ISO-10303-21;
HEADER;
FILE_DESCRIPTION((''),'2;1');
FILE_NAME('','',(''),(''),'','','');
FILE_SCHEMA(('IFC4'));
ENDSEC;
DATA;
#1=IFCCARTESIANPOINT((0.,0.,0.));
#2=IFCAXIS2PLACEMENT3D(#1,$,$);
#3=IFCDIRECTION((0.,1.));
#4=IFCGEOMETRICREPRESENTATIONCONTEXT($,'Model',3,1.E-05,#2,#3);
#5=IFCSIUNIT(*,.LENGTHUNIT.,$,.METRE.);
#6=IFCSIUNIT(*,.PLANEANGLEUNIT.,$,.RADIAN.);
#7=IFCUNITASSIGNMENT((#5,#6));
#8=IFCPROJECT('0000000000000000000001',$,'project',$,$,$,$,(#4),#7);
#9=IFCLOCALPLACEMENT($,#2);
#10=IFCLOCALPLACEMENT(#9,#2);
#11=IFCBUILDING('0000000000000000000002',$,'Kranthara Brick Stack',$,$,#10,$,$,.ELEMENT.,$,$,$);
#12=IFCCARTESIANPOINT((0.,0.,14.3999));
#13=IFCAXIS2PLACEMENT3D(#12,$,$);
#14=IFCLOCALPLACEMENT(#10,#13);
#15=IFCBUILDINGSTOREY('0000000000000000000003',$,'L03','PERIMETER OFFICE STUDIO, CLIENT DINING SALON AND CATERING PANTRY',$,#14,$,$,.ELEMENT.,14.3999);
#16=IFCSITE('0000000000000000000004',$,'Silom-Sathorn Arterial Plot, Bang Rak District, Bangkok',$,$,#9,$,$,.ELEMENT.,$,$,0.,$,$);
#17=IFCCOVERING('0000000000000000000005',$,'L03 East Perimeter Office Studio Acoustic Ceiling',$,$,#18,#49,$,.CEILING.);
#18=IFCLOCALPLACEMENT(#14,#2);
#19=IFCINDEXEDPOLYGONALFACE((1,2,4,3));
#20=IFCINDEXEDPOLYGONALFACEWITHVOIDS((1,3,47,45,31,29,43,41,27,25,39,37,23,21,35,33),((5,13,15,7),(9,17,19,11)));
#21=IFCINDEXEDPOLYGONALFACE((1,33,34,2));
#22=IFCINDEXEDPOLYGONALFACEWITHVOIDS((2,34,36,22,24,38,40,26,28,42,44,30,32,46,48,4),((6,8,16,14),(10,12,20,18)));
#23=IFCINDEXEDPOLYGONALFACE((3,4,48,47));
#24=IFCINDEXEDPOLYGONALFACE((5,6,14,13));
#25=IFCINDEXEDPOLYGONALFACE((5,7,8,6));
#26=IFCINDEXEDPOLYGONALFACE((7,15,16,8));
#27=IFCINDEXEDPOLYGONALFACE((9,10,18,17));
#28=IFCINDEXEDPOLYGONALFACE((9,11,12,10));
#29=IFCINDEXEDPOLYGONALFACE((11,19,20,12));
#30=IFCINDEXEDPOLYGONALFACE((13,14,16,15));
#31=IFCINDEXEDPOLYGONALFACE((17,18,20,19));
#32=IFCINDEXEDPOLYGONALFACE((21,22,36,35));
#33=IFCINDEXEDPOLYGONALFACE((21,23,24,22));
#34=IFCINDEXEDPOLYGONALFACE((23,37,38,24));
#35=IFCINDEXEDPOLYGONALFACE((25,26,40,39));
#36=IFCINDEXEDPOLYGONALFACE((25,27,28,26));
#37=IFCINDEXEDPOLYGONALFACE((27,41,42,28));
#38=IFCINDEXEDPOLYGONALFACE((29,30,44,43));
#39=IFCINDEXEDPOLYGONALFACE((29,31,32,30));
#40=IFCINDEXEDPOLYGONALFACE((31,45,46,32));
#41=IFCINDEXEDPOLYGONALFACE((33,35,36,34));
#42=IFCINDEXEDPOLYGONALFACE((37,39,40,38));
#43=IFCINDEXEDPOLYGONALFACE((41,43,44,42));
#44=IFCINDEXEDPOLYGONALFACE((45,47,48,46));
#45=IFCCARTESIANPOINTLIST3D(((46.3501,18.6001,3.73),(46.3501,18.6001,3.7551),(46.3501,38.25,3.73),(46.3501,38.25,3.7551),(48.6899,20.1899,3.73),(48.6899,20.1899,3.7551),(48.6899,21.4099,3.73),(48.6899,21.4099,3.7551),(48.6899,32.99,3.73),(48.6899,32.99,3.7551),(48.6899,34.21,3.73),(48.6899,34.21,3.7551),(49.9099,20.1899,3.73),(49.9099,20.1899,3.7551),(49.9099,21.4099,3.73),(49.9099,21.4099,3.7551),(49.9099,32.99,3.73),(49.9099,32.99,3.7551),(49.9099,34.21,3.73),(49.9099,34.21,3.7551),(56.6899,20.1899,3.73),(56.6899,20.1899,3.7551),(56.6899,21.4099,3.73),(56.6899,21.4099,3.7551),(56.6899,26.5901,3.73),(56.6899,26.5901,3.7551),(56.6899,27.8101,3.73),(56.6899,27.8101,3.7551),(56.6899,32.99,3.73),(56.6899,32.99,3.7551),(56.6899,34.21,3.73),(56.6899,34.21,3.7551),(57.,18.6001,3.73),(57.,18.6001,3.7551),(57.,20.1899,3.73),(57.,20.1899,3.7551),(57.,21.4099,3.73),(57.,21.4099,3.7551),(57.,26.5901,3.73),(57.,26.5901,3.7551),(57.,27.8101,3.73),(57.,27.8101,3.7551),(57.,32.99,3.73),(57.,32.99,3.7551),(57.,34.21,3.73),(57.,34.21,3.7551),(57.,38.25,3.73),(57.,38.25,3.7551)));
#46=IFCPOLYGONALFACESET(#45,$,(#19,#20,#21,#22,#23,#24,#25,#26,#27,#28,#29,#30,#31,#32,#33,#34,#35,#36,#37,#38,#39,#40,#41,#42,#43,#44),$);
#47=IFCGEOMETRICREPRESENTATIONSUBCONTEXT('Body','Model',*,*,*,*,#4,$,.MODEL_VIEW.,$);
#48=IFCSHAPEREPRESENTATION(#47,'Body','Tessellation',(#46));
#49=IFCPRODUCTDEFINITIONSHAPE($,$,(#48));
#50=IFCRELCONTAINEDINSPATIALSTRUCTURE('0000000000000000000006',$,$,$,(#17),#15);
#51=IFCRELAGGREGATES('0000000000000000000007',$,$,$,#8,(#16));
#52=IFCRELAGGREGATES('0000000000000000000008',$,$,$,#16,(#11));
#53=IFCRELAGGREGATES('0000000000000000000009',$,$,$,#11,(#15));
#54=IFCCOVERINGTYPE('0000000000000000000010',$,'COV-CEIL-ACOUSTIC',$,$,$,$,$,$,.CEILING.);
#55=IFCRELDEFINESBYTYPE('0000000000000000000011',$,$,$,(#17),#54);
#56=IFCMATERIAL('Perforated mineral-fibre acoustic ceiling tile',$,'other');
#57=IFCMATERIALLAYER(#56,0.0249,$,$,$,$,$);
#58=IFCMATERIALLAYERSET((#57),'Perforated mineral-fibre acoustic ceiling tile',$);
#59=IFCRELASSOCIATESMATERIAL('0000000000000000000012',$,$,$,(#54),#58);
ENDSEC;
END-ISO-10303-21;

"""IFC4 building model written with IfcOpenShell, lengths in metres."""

from ifc_helpers import new_model, si_unit, direction, frame, origin, place, context, subcontext, project, spatial, polyline, outline, extrude, material, layer, layer_set, type_object, element, save


model = new_model("IFC4")

# Units and contexts
model_context = context("Model", 3, precision=1e-05, world=origin(), true_north=direction((0.0, 1.0)))
body_context = subcontext(model_context, "Body", "Model", "MODEL_VIEW")
ifc_project = project(units=[si_unit("LENGTHUNIT", "METRE"), si_unit("PLANEANGLEUNIT", "RADIAN")], contexts=[model_context])

# Site, building, storey
site_placement = place(None, origin())
site = spatial("IfcSite", under=ifc_project, at=site_placement, Name="Silom-Sathorn Arterial Plot, Bang Rak District, Bangkok", CompositionType="ELEMENT", RefElevation=0.0)
building_placement = place(site_placement, origin())
building = spatial("IfcBuilding", under=site, at=building_placement, Name="Kranthara Brick Stack", CompositionType="ELEMENT")
storey_placement = place(building_placement, frame((0.0, 0.0, 14.3999)))
storey = spatial("IfcBuildingStorey", under=building, at=storey_placement, Name="L03", Description="PERIMETER OFFICE STUDIO, CLIENT DINING SALON AND CATERING PANTRY", CompositionType="ELEMENT", Elevation=14.3999)

# Covering
ifc_material_1 = material(Name="Perforated mineral-fibre acoustic ceiling tile", Category="other")
ifc_layer_1 = layer(ifc_material_1, 0.0249)
ifc_layer_set_1 = layer_set([ifc_layer_1], Name="Perforated mineral-fibre acoustic ceiling tile")
covering_type = type_object("IfcCoveringType", Name="COV-CEIL-ACOUSTIC", PredefinedType="CEILING", material=ifc_layer_set_1)
covering_placement = place(storey_placement, frame((0.0, 0.0, 3.73)))
element("IfcCovering", 1, at=covering_placement, inside=storey, type_object=covering_type, Name="L03 East Perimeter Office Studio Acoustic Ceiling", PredefinedType="CEILING", context=body_context, shape_type="SweptSolid", body=[
    extrude(outline(polyline([(57.0, 34.21), (56.6899, 34.21), (56.6899, 32.99), (57.0, 32.99), (57.0, 27.8101), (56.6899, 27.8101), (56.6899, 26.5901), (57.0, 26.5901), (57.0, 21.4099), (56.6899, 21.4099), (56.6899, 20.1899), (57.0, 20.1899), (57.0, 18.6001), (46.3501, 18.6001), (46.3501, 38.25), (57.0, 38.25), (57.0, 34.21)]), holes=[polyline([(48.6899, 21.4099), (48.6899, 20.1899), (49.9099, 20.1899), (49.9099, 21.4099), (48.6899, 21.4099)]), polyline([(49.9099, 34.21), (48.6899, 34.21), (48.6899, 32.99), (49.9099, 32.99), (49.9099, 34.21)])]), origin(), (0.0, 0.0, 1.0), 0.0251),
])

save(model, "model.ifc")
